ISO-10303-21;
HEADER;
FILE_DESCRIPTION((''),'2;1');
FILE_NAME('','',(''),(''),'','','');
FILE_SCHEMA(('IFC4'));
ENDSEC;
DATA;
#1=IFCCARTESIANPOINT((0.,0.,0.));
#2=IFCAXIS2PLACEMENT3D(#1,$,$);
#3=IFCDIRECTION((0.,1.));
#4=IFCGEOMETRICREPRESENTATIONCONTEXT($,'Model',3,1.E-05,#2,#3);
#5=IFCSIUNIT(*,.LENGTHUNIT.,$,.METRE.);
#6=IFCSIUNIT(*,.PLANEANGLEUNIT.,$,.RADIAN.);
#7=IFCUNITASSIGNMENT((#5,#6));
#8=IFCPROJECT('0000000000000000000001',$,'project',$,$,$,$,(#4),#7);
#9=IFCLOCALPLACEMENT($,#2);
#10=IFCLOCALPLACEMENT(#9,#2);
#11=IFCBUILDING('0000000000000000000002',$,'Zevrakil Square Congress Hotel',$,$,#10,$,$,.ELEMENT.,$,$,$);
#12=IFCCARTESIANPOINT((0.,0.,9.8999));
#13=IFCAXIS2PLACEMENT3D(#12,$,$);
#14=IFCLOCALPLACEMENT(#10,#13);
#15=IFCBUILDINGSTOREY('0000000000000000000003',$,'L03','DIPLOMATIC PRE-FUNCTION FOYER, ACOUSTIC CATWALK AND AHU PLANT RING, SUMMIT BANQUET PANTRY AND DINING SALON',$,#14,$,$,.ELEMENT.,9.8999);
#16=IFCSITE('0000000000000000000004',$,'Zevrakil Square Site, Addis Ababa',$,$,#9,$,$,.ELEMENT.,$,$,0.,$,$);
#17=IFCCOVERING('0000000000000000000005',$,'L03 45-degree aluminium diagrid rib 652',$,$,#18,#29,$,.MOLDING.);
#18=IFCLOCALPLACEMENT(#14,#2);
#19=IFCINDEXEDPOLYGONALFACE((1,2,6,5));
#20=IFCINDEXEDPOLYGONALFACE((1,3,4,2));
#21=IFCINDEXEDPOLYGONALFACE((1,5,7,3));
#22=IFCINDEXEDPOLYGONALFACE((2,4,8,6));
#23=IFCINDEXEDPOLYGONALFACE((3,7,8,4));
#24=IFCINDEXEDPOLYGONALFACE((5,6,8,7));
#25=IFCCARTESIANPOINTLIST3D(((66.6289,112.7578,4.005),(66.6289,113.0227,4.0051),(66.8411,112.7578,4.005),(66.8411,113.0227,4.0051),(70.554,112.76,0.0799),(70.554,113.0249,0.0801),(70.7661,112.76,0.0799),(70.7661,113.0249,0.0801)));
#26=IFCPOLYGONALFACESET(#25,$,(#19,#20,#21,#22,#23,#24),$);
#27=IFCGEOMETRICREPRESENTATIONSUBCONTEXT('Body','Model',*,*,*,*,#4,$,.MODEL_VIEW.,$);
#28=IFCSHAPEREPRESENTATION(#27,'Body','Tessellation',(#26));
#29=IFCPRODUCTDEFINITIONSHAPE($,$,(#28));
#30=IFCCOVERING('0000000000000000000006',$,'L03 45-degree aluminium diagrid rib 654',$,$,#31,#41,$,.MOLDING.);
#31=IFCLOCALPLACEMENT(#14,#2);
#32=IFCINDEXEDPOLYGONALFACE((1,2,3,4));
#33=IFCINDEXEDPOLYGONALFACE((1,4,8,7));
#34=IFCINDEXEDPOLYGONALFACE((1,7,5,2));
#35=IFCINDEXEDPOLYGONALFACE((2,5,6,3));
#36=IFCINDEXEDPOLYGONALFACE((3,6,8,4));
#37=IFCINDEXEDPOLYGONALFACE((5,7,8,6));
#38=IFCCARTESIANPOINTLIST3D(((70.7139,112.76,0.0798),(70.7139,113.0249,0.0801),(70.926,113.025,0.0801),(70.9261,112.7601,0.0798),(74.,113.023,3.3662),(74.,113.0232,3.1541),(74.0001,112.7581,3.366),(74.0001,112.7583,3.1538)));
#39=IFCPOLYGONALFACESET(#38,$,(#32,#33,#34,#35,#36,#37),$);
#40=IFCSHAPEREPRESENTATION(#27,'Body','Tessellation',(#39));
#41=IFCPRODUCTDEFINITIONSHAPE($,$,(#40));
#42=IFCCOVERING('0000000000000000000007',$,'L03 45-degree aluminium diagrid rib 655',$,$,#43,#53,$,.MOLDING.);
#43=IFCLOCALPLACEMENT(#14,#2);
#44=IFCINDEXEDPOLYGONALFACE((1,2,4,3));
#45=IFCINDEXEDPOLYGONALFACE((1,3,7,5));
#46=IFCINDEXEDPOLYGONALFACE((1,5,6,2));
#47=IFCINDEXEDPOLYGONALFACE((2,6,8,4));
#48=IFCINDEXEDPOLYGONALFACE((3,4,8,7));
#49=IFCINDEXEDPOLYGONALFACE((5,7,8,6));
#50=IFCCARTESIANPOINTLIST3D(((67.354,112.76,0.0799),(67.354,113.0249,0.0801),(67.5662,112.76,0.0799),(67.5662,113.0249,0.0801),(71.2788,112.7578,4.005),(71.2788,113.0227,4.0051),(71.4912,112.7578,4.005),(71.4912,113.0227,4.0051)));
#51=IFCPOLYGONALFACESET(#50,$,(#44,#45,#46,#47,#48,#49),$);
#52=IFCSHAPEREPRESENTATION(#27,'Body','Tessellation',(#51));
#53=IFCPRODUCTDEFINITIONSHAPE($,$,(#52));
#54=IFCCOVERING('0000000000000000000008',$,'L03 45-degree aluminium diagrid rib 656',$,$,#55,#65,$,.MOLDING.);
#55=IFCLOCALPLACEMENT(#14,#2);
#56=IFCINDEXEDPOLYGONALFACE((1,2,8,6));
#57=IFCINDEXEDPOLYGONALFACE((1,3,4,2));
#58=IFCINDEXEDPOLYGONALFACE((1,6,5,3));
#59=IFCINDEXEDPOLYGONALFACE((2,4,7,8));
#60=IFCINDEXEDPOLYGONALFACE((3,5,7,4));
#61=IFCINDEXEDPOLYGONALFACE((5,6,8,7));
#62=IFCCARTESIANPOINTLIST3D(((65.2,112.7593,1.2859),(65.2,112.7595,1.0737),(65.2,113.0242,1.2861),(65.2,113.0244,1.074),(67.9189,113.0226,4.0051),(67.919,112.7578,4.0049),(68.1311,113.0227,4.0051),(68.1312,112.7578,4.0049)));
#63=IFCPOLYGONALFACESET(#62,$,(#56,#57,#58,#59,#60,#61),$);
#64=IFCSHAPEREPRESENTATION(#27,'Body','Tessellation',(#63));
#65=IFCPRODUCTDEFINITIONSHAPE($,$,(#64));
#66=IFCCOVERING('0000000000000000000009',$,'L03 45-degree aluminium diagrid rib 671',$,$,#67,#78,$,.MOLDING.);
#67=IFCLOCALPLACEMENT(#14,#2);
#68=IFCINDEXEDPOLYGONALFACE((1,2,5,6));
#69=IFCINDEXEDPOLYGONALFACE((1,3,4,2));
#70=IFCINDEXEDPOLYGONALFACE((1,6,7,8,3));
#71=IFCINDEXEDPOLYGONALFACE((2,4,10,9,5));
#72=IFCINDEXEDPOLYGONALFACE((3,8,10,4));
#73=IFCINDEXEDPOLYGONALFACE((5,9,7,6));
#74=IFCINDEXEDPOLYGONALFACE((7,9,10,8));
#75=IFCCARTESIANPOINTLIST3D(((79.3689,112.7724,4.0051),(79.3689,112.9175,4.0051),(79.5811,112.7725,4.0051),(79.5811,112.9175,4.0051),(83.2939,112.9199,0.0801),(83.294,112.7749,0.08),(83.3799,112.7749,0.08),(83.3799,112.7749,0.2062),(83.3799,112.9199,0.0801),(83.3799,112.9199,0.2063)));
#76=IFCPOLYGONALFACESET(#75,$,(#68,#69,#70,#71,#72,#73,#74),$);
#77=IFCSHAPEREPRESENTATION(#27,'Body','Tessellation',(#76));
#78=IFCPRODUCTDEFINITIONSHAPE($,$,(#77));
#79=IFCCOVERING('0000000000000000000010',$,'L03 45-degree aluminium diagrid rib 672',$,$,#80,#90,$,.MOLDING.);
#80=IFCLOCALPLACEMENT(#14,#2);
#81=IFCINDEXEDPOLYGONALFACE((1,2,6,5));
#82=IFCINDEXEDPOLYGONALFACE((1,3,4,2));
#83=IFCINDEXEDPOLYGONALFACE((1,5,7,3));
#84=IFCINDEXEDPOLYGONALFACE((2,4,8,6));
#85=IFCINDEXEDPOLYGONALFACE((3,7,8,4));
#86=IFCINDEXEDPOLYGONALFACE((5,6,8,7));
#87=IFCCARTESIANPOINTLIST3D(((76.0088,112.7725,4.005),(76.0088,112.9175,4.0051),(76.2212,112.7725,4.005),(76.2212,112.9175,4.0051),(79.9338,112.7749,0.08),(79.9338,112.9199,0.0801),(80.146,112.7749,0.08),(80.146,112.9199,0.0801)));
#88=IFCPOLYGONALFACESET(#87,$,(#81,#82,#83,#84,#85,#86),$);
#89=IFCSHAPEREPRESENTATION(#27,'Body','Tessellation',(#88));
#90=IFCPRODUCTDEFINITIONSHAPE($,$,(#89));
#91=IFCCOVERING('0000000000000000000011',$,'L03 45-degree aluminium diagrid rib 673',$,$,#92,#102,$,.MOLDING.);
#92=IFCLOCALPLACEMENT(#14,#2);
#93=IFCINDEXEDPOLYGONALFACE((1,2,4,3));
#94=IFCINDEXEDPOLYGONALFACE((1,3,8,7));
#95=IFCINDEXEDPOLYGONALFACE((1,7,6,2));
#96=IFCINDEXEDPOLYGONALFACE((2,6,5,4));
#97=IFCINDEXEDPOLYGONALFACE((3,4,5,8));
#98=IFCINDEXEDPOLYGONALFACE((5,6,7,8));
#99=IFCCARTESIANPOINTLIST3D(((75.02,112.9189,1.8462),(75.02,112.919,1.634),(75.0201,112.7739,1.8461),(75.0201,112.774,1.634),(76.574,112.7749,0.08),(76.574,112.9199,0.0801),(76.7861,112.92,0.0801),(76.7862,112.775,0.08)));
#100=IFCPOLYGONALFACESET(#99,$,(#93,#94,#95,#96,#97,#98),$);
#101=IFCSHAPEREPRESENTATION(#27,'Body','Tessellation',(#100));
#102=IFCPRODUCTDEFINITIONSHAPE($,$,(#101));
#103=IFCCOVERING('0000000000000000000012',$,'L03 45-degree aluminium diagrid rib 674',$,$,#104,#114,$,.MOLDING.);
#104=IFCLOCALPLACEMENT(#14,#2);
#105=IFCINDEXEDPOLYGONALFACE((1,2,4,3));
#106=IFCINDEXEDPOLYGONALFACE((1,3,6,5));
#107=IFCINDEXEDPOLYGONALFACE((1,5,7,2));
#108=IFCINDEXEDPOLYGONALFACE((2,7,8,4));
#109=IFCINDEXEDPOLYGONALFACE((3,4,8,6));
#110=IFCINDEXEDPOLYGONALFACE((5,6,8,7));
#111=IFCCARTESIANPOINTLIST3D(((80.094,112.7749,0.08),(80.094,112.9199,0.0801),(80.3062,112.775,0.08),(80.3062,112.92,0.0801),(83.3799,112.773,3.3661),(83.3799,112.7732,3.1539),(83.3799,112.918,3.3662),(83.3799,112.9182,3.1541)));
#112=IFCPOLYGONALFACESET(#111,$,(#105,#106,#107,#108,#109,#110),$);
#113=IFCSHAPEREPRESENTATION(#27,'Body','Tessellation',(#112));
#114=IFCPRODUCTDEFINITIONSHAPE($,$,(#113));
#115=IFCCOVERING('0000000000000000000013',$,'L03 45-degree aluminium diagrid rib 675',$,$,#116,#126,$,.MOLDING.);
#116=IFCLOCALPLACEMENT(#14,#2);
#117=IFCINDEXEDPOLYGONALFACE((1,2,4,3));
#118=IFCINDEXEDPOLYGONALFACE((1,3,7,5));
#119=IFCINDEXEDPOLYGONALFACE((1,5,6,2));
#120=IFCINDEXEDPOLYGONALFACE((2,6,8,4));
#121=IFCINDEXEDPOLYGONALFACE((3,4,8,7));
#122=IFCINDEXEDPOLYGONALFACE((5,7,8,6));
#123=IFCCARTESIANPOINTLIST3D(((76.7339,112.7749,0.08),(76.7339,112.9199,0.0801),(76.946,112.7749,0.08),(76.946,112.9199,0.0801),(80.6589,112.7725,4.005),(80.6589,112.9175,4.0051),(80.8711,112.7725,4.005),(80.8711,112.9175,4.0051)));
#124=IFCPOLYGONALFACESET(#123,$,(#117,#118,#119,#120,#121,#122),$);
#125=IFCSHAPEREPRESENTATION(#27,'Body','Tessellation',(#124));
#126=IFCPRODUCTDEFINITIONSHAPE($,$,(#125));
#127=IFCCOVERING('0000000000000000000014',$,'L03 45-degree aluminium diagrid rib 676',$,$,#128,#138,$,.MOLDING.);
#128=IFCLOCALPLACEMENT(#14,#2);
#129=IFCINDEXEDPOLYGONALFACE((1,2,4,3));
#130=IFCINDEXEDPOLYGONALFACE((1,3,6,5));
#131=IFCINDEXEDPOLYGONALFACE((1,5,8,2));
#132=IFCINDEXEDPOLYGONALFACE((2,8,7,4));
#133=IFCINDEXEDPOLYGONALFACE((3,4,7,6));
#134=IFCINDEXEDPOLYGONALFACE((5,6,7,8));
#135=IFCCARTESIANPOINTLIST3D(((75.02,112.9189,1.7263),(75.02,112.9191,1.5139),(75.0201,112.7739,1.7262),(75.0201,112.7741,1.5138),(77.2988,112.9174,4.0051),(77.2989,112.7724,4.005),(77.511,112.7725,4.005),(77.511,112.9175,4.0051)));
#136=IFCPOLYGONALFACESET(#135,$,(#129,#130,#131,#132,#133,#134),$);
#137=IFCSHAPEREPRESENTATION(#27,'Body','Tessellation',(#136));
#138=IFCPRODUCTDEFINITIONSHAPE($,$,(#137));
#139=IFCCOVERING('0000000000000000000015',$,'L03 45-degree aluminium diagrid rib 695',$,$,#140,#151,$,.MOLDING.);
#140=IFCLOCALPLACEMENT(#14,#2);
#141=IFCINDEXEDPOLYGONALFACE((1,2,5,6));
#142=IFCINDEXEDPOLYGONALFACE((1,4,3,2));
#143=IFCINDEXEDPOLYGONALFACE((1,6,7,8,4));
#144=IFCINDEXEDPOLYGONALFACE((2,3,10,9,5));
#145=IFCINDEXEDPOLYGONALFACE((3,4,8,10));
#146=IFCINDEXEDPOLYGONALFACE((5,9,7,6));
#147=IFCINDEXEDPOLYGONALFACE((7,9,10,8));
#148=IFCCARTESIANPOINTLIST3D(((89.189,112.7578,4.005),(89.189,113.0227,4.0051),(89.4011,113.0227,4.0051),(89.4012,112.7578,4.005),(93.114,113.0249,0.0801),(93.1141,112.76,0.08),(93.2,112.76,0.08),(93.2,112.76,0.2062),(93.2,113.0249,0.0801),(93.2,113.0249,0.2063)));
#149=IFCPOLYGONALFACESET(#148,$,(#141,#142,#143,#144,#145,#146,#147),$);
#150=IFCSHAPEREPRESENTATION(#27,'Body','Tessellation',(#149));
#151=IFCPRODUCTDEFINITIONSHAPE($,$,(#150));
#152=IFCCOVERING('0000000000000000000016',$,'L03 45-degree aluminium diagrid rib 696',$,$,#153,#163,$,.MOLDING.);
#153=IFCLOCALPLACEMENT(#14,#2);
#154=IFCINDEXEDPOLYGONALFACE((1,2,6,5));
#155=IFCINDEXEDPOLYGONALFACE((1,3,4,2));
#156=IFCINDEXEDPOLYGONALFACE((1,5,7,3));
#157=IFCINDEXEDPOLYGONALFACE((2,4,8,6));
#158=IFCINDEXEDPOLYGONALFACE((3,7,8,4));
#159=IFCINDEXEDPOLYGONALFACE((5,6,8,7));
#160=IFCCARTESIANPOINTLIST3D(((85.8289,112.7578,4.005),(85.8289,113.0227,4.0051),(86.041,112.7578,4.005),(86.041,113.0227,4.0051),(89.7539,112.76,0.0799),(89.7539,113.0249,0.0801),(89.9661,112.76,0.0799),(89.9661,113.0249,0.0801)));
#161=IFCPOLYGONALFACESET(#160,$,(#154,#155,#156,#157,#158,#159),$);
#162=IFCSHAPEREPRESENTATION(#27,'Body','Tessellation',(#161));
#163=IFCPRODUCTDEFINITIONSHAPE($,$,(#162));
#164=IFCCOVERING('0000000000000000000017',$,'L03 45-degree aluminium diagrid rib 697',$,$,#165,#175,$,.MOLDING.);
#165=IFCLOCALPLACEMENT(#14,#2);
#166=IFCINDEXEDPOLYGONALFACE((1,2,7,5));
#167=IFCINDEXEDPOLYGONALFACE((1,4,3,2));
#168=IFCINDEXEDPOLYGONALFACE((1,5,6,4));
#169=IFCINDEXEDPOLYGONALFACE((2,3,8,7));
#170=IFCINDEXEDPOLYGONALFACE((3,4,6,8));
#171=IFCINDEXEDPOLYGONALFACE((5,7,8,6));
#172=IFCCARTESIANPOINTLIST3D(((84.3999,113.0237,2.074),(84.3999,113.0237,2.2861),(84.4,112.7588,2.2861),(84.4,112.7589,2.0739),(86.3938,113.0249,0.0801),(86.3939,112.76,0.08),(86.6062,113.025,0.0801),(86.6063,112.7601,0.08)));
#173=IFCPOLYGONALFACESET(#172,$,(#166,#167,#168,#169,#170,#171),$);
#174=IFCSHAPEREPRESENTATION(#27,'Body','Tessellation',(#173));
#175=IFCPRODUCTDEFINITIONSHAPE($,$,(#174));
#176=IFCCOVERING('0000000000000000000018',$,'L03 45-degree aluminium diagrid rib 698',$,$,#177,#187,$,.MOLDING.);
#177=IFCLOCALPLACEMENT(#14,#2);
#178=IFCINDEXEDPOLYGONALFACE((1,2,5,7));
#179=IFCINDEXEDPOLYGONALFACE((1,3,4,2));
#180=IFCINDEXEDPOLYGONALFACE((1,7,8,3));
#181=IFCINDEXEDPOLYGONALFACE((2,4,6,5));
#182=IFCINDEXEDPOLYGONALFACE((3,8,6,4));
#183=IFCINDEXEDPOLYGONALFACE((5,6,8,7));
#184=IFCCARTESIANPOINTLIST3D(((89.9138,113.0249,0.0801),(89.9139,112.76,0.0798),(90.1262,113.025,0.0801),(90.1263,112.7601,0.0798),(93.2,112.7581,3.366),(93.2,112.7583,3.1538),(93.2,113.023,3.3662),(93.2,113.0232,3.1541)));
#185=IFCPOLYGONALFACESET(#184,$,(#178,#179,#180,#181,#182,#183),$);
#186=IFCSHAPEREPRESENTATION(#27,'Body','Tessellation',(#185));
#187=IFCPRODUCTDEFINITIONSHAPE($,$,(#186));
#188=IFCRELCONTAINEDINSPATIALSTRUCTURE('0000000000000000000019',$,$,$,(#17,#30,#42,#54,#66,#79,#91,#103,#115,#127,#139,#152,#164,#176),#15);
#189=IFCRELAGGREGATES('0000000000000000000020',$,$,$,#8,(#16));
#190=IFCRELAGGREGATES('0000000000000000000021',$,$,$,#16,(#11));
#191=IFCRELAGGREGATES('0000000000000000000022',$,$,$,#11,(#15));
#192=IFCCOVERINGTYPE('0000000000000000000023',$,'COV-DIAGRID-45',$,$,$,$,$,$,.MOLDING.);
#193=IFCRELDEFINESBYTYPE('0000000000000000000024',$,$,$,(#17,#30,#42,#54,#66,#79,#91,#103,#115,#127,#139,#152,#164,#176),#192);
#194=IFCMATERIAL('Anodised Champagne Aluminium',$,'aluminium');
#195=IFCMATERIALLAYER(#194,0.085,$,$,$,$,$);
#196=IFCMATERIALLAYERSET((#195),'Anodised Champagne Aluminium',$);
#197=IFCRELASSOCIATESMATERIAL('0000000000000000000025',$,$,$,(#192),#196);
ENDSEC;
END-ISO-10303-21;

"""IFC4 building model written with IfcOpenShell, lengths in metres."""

from ifc_helpers import new_model, si_unit, direction, frame, origin, place, context, subcontext, project, spatial, polyline, outline, extrude, material, layer, layer_set, type_object, element, save


model = new_model("IFC4")

# Units and contexts
model_context = context("Model", 3, precision=1e-05, world=origin(), true_north=direction((0.0, 1.0)))
body_context = subcontext(model_context, "Body", "Model", "MODEL_VIEW")
ifc_project = project(units=[si_unit("LENGTHUNIT", "METRE"), si_unit("PLANEANGLEUNIT", "RADIAN")], contexts=[model_context])

# Site, building, storey
site_placement = place(None, origin())
site = spatial("IfcSite", under=ifc_project, at=site_placement, Name="Zevrakil Square Site, Addis Ababa", CompositionType="ELEMENT", RefElevation=0.0)
building_placement = place(site_placement, origin())
building = spatial("IfcBuilding", under=site, at=building_placement, Name="Zevrakil Square Congress Hotel", CompositionType="ELEMENT")
storey_placement = place(building_placement, frame((0.0, 0.0, 9.8999)))
storey = spatial("IfcBuildingStorey", under=building, at=storey_placement, Name="L03", Description="DIPLOMATIC PRE-FUNCTION FOYER, ACOUSTIC CATWALK AND AHU PLANT RING, SUMMIT BANQUET PANTRY AND DINING SALON", CompositionType="ELEMENT", Elevation=9.8999)

# Coverings
ifc_material_1 = material(Name="Anodised Champagne Aluminium", Category="aluminium")
ifc_layer_1 = layer(ifc_material_1, 0.085)
ifc_layer_set_1 = layer_set([ifc_layer_1], Name="Anodised Champagne Aluminium")
covering_type_1 = type_object("IfcCoveringType", Name="COV-DIAGRID-45", PredefinedType="MOLDING", material=ifc_layer_set_1)
covering_1_placement = place(storey_placement, frame((70.554, 113.0249, 0.0801), z_axis=(0.0, 1.0, 0.00056), x_axis=(1.0, 0.0, 0.0)))
element("IfcCovering", 1, at=covering_1_placement, inside=storey, type_object=covering_type_1, Name="L03 45-degree aluminium diagrid rib 652", PredefinedType="MOLDING", context=body_context, shape_type="SweptSolid", body=[
    extrude(outline(polyline([(0.0, 0.0), (0.2122, 0.0), (-3.7129, -3.925), (-3.925, -3.925), (0.0, 0.0)])), origin(), (0.0, 0.0, -1.0), 0.2649),
])
covering_2_placement = place(storey_placement, frame((74.0, 113.0232, 3.1541), z_axis=(-0.000287, 1.0, 0.000863), x_axis=(0.0, -0.000863, 1.0)))
element("IfcCovering", 2, at=covering_2_placement, inside=storey, type_object=covering_type_1, Name="L03 45-degree aluminium diagrid rib 654", PredefinedType="MOLDING", context=body_context, shape_type="SweptSolid", body=[
    extrude(outline(polyline([(0.0, 0.0), (0.2122, 0.0), (-3.074, -3.2861), (-3.074, -3.074), (0.0, 0.0)])), origin(), (0.0, 0.0, -1.0), 0.2649),
])
covering_3_placement = place(storey_placement, frame((71.4912, 113.0227, 4.0051), z_axis=(0.0, 1.0, 0.00056), x_axis=(-1.0, 0.0, 0.0)))
element("IfcCovering", 3, at=covering_3_placement, inside=storey, type_object=covering_type_1, Name="L03 45-degree aluminium diagrid rib 655", PredefinedType="MOLDING", context=body_context, shape_type="SweptSolid", body=[
    extrude(outline(polyline([(0.0, 0.0), (0.2124, 0.0), (4.1372, -3.925), (3.925, -3.925), (0.0, 0.0)])), origin(), (0.0, 0.0, -1.0), 0.2649),
])
covering_4_placement = place(storey_placement, frame((68.1311, 113.0227, 4.0051), z_axis=(-0.000295, 1.0, 0.000856), x_axis=(-1.0, -0.000295, 0.0)))
element("IfcCovering", 4, at=covering_4_placement, inside=storey, type_object=covering_type_1, Name="L03 45-degree aluminium diagrid rib 656", PredefinedType="MOLDING", context=body_context, shape_type="SweptSolid", body=[
    extrude(outline(polyline([(0.0, 0.0), (0.2122, 0.0), (2.9312, -2.719), (2.9312, -2.9312), (0.0, 0.0)])), origin(), (0.0, 0.0, -1.0), 0.2649),
])
covering_5_placement = place(storey_placement, frame((83.2939, 112.9199, 0.0801), z_axis=(-0.000187, 1.0, 0.000441), x_axis=(1.0, 0.000187, 0.0)))
element("IfcCovering", 5, at=covering_5_placement, inside=storey, type_object=covering_type_1, Name="L03 45-degree aluminium diagrid rib 671", PredefinedType="MOLDING", context=body_context, shape_type="SweptSolid", body=[
    extrude(outline(polyline([(0.0, 0.0), (0.0859, 0.0), (0.0859, -0.1262), (-3.7129, -3.925), (-3.925, -3.925), (0.0, 0.0)])), origin(), (0.0, 0.0, -1.0), 0.145),
])
covering_6_placement = place(storey_placement, frame((79.9338, 112.9199, 0.0801), z_axis=(0.0, 1.0, 0.000622), x_axis=(1.0, 0.0, 0.0)))
element("IfcCovering", 6, at=covering_6_placement, inside=storey, type_object=covering_type_1, Name="L03 45-degree aluminium diagrid rib 672", PredefinedType="MOLDING", context=body_context, shape_type="SweptSolid", body=[
    extrude(outline(polyline([(0.0, 0.0), (0.2122, 0.0), (-3.7126, -3.925), (-3.925, -3.925), (0.0, 0.0)])), origin(), (0.0, 0.0, -1.0), 0.145),
])
covering_7_placement = place(storey_placement, frame((76.574, 112.9199, 0.0801), z_axis=(-0.000294, 1.0, 0.000294), x_axis=(1.0, 0.000294, 0.0)))
element("IfcCovering", 7, at=covering_7_placement, inside=storey, type_object=covering_type_1, Name="L03 45-degree aluminium diagrid rib 673", PredefinedType="MOLDING", context=body_context, shape_type="SweptSolid", body=[
    extrude(outline(polyline([(0.0, 0.0), (0.2122, 0.0), (-1.554, -1.7661), (-1.554, -1.554), (0.0, 0.0)])), origin(), (0.0, 0.0, -1.0), 0.145),
])
covering_8_placement = place(storey_placement, frame((83.3799, 112.9182, 3.1541), z_axis=(-0.000287, 1.0, 0.000863), x_axis=(0.0, -0.000863, 1.0)))
element("IfcCovering", 8, at=covering_8_placement, inside=storey, type_object=covering_type_1, Name="L03 45-degree aluminium diagrid rib 674", PredefinedType="MOLDING", context=body_context, shape_type="SweptSolid", body=[
    extrude(outline(polyline([(0.0, 0.0), (0.2122, 0.0), (-3.074, -3.2859), (-3.074, -3.0737), (0.0, 0.0)])), origin(), (0.0, 0.0, -1.0), 0.145),
])
covering_9_placement = place(storey_placement, frame((80.8711, 112.9175, 4.0051), z_axis=(0.0, 1.0, 0.000622), x_axis=(-1.0, 0.0, 0.0)))
element("IfcCovering", 9, at=covering_9_placement, inside=storey, type_object=covering_type_1, Name="L03 45-degree aluminium diagrid rib 675", PredefinedType="MOLDING", context=body_context, shape_type="SweptSolid", body=[
    extrude(outline(polyline([(0.0, 0.0), (0.2122, 0.0), (4.1372, -3.925), (3.925, -3.925), (0.0, 0.0)])), origin(), (0.0, 0.0, -1.0), 0.145),
])
covering_10_placement = place(storey_placement, frame((77.511, 112.9175, 4.0051), z_axis=(-0.000242, 1.0, 0.000908), x_axis=(-1.0, -0.000242, 0.0)))
element("IfcCovering", 10, at=covering_10_placement, inside=storey, type_object=covering_type_1, Name="L03 45-degree aluminium diagrid rib 676", PredefinedType="MOLDING", context=body_context, shape_type="SweptSolid", body=[
    extrude(outline(polyline([(0.0, 0.0), (0.2122, 0.0), (2.491, -2.2788), (2.491, -2.4912), (0.0, 0.0)])), origin(), (0.0, 0.0, -1.0), 0.145),
])
covering_11_placement = place(storey_placement, frame((93.114, 113.0249, 0.0801), z_axis=(-0.000168, 1.0, 0.000397), x_axis=(1.0, 0.000168, 0.0)))
element("IfcCovering", 11, at=covering_11_placement, inside=storey, type_object=covering_type_1, Name="L03 45-degree aluminium diagrid rib 695", PredefinedType="MOLDING", context=body_context, shape_type="SweptSolid", body=[
    extrude(outline(polyline([(0.0, 0.0), (0.0859, 0.0), (0.0859, -0.1262), (-3.7129, -3.925), (-3.925, -3.925), (0.0, 0.0)])), origin(), (0.0, 0.0, -1.0), 0.2649),
])
covering_12_placement = place(storey_placement, frame((89.7539, 113.0249, 0.0801), z_axis=(0.0, 1.0, 0.00056), x_axis=(1.0, 0.0, 0.0)))
element("IfcCovering", 12, at=covering_12_placement, inside=storey, type_object=covering_type_1, Name="L03 45-degree aluminium diagrid rib 696", PredefinedType="MOLDING", context=body_context, shape_type="SweptSolid", body=[
    extrude(outline(polyline([(0.0, 0.0), (0.2122, 0.0), (-3.7129, -3.925), (-3.925, -3.925), (0.0, 0.0)])), origin(), (0.0, 0.0, -1.0), 0.2649),
])
covering_13_placement = place(storey_placement, frame((86.3938, 113.0249, 0.0801), z_axis=(-0.00029, 1.0, 0.000291), x_axis=(1.0, 0.00029, 0.0)))
element("IfcCovering", 13, at=covering_13_placement, inside=storey, type_object=covering_type_1, Name="L03 45-degree aluminium diagrid rib 697", PredefinedType="MOLDING", context=body_context, shape_type="SweptSolid", body=[
    extrude(outline(polyline([(0.0, 0.0), (0.2124, 0.0), (-1.9939, -2.2061), (-1.9939, -1.9939), (0.0, 0.0)])), origin(), (0.0, 0.0, -1.0), 0.2649),
])
covering_14_placement = place(storey_placement, frame((93.2, 113.0232, 3.1541), z_axis=(-0.000287, 1.0, 0.000863), x_axis=(0.0, -0.000863, 1.0)))
element("IfcCovering", 14, at=covering_14_placement, inside=storey, type_object=covering_type_1, Name="L03 45-degree aluminium diagrid rib 698", PredefinedType="MOLDING", context=body_context, shape_type="SweptSolid", body=[
    extrude(outline(polyline([(0.0, 0.0), (0.2122, 0.0), (-3.074, -3.2861), (-3.074, -3.0737), (0.0, 0.0)])), origin(), (0.0, 0.0, -1.0), 0.2649),
])

save(model, "model.ifc")
